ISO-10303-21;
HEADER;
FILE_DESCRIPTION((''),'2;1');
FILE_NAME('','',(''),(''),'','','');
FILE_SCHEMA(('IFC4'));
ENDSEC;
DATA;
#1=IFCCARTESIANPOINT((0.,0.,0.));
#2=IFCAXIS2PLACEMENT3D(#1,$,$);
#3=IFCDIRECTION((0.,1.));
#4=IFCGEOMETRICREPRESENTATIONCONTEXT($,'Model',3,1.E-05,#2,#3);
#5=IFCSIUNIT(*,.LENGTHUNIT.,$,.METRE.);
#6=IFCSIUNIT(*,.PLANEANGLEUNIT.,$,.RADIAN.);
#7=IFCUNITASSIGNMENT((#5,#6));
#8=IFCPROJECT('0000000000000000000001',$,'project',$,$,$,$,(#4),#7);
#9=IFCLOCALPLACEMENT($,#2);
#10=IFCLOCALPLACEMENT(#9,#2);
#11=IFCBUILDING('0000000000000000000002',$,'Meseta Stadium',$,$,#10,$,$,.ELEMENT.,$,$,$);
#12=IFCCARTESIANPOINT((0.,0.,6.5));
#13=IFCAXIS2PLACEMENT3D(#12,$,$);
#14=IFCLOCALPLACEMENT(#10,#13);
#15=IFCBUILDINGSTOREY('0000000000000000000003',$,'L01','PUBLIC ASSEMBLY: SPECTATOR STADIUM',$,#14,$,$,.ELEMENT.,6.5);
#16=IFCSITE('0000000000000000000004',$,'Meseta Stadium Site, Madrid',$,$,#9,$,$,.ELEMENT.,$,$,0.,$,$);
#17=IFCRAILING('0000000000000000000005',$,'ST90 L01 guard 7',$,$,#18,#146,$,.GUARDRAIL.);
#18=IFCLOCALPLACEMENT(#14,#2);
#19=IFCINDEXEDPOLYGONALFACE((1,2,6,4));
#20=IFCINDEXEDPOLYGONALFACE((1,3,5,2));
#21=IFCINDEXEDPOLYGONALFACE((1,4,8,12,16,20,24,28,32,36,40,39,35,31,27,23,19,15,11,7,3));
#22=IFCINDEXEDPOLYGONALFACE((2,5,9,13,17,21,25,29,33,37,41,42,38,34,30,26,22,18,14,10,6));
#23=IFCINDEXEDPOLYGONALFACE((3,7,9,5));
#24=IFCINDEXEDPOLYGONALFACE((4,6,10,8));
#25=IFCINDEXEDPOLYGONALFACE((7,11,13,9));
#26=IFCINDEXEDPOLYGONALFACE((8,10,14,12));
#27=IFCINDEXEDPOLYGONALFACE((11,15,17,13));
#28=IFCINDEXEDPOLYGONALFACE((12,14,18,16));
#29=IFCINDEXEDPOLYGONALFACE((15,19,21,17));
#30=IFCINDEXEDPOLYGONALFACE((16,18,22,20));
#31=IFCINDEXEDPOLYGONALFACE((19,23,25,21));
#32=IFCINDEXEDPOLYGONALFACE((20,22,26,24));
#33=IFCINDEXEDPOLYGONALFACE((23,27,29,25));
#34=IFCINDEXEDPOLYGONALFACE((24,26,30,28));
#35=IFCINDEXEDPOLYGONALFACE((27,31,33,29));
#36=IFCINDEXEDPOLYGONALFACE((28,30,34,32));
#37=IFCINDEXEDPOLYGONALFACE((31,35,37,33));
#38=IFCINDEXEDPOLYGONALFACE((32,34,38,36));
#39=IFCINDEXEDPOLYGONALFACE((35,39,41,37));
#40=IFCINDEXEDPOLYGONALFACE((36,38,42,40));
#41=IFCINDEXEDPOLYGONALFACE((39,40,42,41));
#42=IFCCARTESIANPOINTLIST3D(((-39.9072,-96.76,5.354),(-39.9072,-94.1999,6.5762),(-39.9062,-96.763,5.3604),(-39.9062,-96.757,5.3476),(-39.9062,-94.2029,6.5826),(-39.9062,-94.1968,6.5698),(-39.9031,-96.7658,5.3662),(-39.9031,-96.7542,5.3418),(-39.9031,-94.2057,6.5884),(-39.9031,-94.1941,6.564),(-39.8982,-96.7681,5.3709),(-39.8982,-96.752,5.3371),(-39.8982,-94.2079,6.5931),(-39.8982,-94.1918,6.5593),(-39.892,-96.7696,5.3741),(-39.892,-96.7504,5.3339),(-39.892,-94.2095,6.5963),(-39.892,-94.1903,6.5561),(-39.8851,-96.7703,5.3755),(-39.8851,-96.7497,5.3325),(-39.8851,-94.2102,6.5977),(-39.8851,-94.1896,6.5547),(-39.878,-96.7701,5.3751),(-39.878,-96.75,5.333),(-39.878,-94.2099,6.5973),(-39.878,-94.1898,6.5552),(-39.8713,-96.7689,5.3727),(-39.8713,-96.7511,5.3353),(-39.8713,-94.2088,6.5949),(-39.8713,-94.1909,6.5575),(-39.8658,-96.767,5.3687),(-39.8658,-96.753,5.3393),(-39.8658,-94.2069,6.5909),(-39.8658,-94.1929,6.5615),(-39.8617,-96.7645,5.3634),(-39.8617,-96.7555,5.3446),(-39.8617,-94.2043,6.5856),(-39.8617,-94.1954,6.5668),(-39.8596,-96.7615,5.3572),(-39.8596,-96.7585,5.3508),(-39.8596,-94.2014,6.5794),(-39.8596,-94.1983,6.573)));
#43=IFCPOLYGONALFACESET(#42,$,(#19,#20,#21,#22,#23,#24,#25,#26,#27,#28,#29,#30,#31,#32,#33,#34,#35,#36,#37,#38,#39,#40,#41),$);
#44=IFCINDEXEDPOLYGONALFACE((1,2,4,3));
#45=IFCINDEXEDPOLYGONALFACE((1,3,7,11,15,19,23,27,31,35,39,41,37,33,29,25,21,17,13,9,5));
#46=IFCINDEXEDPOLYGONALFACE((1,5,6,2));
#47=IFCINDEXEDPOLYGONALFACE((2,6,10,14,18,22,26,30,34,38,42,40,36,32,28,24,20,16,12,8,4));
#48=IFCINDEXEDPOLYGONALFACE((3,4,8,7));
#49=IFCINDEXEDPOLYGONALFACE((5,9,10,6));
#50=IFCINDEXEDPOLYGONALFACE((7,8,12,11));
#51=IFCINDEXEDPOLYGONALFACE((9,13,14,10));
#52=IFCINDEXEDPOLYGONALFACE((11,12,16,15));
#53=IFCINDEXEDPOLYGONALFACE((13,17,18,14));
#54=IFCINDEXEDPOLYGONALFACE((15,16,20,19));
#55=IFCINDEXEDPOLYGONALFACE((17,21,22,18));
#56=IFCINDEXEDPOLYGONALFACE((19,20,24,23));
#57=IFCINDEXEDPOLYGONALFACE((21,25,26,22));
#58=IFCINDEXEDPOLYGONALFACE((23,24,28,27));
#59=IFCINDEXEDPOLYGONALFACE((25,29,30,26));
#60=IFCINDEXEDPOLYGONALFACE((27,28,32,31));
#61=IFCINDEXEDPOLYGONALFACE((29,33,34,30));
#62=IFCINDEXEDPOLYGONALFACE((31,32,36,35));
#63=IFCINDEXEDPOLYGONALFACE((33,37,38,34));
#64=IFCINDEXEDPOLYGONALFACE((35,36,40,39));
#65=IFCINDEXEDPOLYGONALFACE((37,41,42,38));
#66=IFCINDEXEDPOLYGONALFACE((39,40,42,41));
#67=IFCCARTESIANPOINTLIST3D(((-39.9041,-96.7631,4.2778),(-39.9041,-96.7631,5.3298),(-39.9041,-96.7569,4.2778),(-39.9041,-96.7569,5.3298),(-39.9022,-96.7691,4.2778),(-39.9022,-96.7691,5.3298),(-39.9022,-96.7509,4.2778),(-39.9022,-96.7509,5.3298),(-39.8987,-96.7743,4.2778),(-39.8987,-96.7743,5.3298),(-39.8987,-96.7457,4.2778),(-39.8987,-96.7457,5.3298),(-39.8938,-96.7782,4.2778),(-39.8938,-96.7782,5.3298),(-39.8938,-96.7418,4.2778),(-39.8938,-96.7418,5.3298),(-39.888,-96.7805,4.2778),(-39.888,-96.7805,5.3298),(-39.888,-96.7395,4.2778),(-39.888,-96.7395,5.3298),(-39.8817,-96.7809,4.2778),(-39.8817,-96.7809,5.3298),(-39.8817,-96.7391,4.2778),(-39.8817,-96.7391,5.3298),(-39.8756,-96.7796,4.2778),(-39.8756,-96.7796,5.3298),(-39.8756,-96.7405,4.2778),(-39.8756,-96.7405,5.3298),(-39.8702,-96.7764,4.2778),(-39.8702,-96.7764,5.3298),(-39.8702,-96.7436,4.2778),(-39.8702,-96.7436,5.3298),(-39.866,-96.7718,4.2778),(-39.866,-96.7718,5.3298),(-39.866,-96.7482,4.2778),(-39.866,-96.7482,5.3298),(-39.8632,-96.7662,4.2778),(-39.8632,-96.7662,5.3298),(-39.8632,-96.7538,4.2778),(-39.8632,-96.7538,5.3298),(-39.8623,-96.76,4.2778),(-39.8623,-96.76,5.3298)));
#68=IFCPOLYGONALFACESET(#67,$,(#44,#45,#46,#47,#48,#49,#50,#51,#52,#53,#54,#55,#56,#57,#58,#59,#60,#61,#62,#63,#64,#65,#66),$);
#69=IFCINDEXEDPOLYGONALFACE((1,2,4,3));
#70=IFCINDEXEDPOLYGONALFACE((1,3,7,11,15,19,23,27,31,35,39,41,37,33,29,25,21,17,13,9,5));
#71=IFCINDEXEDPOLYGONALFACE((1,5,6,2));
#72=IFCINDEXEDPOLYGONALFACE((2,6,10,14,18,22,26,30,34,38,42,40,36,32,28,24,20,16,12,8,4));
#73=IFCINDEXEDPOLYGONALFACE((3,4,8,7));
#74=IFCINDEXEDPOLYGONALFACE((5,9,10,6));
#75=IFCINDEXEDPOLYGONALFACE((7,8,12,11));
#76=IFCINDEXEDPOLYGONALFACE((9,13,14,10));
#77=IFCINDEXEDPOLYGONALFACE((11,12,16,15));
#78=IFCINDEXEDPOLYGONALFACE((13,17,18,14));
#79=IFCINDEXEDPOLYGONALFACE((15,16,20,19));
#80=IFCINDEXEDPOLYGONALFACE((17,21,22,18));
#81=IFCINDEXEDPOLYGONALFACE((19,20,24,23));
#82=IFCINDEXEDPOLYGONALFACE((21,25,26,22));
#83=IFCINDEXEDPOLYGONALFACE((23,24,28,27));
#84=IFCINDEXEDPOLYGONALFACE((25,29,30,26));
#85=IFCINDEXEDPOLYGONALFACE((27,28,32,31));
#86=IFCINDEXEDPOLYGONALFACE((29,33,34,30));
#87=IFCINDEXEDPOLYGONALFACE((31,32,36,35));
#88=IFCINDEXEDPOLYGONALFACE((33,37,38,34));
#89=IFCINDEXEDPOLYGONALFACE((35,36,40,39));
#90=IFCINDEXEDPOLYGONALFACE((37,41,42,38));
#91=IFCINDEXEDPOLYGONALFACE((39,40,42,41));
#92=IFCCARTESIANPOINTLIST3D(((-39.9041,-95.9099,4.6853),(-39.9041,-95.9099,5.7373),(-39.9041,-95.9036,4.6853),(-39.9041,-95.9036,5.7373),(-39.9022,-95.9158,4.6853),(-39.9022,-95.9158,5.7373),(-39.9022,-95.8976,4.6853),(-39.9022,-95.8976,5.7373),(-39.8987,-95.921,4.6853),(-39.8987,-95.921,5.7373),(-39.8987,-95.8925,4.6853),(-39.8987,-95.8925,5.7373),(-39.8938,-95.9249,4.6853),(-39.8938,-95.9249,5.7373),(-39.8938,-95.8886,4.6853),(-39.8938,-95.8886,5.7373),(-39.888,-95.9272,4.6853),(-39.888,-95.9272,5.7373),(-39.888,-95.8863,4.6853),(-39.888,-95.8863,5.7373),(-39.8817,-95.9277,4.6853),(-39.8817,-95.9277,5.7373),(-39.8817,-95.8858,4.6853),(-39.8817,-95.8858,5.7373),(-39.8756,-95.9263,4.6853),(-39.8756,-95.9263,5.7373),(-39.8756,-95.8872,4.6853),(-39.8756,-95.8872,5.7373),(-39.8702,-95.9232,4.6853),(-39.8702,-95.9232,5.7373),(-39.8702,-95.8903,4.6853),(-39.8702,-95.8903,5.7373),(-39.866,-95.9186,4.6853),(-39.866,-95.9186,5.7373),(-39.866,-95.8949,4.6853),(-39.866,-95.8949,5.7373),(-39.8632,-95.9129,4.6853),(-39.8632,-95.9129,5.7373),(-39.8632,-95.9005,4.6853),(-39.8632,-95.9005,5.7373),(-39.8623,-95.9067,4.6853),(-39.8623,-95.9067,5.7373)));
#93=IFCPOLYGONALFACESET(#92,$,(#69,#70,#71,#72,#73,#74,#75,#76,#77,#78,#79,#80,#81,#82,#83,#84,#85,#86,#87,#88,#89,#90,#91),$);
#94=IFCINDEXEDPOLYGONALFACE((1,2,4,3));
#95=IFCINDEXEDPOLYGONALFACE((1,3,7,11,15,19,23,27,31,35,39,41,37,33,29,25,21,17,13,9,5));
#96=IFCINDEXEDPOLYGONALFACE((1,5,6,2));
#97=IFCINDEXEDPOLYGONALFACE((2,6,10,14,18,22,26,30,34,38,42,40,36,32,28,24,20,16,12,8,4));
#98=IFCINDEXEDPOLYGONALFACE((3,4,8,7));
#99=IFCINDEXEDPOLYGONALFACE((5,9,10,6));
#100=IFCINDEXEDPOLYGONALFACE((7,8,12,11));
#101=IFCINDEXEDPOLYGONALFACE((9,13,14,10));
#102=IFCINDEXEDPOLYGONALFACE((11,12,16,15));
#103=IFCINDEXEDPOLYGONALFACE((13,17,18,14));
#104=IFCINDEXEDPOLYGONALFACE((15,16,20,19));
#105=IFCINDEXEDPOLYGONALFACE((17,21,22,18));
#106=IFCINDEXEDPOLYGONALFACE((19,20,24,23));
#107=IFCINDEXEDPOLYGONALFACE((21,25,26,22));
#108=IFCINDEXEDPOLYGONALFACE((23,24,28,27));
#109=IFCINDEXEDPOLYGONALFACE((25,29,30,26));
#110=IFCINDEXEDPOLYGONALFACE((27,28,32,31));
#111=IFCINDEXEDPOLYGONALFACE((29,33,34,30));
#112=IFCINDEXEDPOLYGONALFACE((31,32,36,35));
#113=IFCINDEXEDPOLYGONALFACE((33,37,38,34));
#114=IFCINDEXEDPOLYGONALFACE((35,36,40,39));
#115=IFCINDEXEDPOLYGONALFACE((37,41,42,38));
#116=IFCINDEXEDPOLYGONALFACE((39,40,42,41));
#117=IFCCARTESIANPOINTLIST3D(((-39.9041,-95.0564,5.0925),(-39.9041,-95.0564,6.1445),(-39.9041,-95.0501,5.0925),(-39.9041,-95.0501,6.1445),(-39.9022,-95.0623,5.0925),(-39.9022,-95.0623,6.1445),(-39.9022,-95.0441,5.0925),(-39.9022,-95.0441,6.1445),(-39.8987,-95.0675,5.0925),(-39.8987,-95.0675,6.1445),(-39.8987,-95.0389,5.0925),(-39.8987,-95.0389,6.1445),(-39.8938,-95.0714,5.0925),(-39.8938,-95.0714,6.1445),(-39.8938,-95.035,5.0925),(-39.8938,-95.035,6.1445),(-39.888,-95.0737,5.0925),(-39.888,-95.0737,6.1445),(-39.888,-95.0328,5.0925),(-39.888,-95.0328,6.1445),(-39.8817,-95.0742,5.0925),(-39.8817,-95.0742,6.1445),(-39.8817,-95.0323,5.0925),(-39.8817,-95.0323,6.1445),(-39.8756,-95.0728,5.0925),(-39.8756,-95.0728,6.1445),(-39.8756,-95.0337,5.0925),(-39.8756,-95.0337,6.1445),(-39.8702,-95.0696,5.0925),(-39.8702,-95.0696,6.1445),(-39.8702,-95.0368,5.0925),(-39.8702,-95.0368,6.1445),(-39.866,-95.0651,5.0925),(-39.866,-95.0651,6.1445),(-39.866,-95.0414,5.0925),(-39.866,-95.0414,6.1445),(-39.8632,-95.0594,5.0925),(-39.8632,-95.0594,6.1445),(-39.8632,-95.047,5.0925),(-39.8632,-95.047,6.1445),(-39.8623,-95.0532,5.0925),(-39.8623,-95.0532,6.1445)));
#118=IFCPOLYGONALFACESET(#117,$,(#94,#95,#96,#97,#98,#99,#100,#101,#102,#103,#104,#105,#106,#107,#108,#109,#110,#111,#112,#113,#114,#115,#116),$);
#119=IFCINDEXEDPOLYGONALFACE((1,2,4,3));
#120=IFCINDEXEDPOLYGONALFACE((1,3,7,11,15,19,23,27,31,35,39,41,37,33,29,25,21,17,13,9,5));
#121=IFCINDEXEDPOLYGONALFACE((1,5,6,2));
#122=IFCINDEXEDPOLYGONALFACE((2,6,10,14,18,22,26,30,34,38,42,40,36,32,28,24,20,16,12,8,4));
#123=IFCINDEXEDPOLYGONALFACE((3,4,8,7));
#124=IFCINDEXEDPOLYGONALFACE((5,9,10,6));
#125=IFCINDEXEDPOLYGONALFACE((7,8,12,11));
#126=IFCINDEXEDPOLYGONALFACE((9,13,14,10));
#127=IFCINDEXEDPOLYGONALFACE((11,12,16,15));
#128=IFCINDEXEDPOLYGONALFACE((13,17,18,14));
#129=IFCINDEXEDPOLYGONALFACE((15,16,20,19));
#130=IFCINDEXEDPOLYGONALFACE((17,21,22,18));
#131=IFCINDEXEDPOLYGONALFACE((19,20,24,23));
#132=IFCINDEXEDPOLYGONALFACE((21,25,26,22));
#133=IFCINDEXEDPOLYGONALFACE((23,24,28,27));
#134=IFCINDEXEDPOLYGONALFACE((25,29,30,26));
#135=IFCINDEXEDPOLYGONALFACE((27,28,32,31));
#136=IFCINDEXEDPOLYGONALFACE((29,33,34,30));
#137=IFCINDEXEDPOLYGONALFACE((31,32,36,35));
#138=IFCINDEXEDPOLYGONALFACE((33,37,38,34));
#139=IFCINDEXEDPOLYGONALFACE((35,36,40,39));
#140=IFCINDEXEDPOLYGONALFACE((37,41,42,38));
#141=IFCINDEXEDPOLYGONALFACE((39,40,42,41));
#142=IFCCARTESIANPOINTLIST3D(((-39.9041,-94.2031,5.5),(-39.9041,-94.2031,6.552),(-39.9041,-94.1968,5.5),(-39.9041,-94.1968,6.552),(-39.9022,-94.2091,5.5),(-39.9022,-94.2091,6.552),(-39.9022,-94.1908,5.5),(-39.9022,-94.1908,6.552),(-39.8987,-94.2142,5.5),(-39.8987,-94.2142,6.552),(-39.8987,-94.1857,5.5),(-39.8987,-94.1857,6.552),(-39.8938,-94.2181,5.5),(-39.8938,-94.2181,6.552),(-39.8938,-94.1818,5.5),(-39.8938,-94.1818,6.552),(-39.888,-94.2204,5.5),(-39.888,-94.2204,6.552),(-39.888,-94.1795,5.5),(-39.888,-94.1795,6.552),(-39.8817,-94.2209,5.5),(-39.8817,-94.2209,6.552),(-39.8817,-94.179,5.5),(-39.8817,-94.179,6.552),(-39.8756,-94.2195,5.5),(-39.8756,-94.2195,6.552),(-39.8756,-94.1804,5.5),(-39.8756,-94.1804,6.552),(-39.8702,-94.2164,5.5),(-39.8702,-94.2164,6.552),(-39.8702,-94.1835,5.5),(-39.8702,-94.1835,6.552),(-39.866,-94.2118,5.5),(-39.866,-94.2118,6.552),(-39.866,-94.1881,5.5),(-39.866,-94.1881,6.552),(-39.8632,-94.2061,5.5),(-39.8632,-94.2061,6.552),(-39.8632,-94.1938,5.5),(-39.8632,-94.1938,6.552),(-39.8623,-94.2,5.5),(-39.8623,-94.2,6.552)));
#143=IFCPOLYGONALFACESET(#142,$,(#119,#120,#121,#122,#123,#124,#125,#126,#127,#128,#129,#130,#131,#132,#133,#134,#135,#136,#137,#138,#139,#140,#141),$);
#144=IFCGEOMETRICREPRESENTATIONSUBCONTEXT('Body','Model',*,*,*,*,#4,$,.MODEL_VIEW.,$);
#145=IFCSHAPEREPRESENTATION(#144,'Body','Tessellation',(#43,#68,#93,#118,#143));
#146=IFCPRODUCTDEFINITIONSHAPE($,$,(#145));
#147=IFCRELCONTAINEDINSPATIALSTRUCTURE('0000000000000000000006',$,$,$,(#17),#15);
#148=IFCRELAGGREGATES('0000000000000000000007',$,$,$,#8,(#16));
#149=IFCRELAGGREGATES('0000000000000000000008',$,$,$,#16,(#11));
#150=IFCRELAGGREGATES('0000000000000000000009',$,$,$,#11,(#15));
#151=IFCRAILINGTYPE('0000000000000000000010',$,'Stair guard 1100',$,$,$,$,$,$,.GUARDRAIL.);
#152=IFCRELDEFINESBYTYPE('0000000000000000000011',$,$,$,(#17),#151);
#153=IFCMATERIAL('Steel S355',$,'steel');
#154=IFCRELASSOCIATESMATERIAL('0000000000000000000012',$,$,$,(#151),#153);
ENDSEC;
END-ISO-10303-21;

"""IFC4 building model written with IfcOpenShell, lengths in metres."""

from ifc_helpers import new_model, si_unit, direction, frame, origin, origin_2d, place, context, subcontext, project, spatial, circle, extrude, material, type_object, element, save


model = new_model("IFC4")

# Units and contexts
model_context = context("Model", 3, precision=1e-05, world=origin(), true_north=direction((0.0, 1.0)))
body_context = subcontext(model_context, "Body", "Model", "MODEL_VIEW")
ifc_project = project(units=[si_unit("LENGTHUNIT", "METRE"), si_unit("PLANEANGLEUNIT", "RADIAN")], contexts=[model_context])

# Site, building, storey
site_placement = place(None, origin())
site = spatial("IfcSite", under=ifc_project, at=site_placement, Name="Meseta Stadium Site, Madrid", CompositionType="ELEMENT", RefElevation=0.0)
building_placement = place(site_placement, origin())
building = spatial("IfcBuilding", under=site, at=building_placement, Name="Meseta Stadium", CompositionType="ELEMENT")
storey_placement = place(building_placement, frame((0.0, 0.0, 6.5)))
storey = spatial("IfcBuildingStorey", under=building, at=storey_placement, Name="L01", Description="PUBLIC ASSEMBLY: SPECTATOR STADIUM", CompositionType="ELEMENT", Elevation=6.5)

# Railing
ifc_material_1 = material(Name="Steel S355", Category="steel")
railing_type_1 = type_object("IfcRailingType", Name="Stair guard 1100", PredefinedType="GUARDRAIL", material=ifc_material_1)
railing_1_placement = place(storey_placement, frame((-39.8833, -96.76, 4.2778)))
element("IfcRailing", 1, at=railing_1_placement, inside=storey, type_object=railing_type_1, Name="ST90 L01 guard 7", PredefinedType="GUARDRAIL", context=body_context, shape_type="SweptSolid", body=[
    extrude(circle(Radius=0.0239, at=origin_2d()), frame((0.0, 0.0, 1.0762), z_axis=(0.0, 0.902437, 0.430822), x_axis=(-1.0, 0.0, 0.0)), (0.0, 0.0, 1.0), 2.8369),
    extrude(circle(Radius=0.021, at=origin_2d()), origin(), (0.0, 0.0, 1.0), 1.052),
    extrude(circle(Radius=0.021, at=origin_2d()), frame((0.0, 0.8533, 0.4075)), (0.0, 0.0, 1.0), 1.052),
    extrude(circle(Radius=0.021, at=origin_2d()), frame((0.0, 1.7068, 0.8147)), (0.0, 0.0, 1.0), 1.052),
    extrude(circle(Radius=0.021, at=origin_2d()), frame((0.0, 2.5601, 1.2222)), (0.0, 0.0, 1.0), 1.052),
])

save(model, "model.ifc")
